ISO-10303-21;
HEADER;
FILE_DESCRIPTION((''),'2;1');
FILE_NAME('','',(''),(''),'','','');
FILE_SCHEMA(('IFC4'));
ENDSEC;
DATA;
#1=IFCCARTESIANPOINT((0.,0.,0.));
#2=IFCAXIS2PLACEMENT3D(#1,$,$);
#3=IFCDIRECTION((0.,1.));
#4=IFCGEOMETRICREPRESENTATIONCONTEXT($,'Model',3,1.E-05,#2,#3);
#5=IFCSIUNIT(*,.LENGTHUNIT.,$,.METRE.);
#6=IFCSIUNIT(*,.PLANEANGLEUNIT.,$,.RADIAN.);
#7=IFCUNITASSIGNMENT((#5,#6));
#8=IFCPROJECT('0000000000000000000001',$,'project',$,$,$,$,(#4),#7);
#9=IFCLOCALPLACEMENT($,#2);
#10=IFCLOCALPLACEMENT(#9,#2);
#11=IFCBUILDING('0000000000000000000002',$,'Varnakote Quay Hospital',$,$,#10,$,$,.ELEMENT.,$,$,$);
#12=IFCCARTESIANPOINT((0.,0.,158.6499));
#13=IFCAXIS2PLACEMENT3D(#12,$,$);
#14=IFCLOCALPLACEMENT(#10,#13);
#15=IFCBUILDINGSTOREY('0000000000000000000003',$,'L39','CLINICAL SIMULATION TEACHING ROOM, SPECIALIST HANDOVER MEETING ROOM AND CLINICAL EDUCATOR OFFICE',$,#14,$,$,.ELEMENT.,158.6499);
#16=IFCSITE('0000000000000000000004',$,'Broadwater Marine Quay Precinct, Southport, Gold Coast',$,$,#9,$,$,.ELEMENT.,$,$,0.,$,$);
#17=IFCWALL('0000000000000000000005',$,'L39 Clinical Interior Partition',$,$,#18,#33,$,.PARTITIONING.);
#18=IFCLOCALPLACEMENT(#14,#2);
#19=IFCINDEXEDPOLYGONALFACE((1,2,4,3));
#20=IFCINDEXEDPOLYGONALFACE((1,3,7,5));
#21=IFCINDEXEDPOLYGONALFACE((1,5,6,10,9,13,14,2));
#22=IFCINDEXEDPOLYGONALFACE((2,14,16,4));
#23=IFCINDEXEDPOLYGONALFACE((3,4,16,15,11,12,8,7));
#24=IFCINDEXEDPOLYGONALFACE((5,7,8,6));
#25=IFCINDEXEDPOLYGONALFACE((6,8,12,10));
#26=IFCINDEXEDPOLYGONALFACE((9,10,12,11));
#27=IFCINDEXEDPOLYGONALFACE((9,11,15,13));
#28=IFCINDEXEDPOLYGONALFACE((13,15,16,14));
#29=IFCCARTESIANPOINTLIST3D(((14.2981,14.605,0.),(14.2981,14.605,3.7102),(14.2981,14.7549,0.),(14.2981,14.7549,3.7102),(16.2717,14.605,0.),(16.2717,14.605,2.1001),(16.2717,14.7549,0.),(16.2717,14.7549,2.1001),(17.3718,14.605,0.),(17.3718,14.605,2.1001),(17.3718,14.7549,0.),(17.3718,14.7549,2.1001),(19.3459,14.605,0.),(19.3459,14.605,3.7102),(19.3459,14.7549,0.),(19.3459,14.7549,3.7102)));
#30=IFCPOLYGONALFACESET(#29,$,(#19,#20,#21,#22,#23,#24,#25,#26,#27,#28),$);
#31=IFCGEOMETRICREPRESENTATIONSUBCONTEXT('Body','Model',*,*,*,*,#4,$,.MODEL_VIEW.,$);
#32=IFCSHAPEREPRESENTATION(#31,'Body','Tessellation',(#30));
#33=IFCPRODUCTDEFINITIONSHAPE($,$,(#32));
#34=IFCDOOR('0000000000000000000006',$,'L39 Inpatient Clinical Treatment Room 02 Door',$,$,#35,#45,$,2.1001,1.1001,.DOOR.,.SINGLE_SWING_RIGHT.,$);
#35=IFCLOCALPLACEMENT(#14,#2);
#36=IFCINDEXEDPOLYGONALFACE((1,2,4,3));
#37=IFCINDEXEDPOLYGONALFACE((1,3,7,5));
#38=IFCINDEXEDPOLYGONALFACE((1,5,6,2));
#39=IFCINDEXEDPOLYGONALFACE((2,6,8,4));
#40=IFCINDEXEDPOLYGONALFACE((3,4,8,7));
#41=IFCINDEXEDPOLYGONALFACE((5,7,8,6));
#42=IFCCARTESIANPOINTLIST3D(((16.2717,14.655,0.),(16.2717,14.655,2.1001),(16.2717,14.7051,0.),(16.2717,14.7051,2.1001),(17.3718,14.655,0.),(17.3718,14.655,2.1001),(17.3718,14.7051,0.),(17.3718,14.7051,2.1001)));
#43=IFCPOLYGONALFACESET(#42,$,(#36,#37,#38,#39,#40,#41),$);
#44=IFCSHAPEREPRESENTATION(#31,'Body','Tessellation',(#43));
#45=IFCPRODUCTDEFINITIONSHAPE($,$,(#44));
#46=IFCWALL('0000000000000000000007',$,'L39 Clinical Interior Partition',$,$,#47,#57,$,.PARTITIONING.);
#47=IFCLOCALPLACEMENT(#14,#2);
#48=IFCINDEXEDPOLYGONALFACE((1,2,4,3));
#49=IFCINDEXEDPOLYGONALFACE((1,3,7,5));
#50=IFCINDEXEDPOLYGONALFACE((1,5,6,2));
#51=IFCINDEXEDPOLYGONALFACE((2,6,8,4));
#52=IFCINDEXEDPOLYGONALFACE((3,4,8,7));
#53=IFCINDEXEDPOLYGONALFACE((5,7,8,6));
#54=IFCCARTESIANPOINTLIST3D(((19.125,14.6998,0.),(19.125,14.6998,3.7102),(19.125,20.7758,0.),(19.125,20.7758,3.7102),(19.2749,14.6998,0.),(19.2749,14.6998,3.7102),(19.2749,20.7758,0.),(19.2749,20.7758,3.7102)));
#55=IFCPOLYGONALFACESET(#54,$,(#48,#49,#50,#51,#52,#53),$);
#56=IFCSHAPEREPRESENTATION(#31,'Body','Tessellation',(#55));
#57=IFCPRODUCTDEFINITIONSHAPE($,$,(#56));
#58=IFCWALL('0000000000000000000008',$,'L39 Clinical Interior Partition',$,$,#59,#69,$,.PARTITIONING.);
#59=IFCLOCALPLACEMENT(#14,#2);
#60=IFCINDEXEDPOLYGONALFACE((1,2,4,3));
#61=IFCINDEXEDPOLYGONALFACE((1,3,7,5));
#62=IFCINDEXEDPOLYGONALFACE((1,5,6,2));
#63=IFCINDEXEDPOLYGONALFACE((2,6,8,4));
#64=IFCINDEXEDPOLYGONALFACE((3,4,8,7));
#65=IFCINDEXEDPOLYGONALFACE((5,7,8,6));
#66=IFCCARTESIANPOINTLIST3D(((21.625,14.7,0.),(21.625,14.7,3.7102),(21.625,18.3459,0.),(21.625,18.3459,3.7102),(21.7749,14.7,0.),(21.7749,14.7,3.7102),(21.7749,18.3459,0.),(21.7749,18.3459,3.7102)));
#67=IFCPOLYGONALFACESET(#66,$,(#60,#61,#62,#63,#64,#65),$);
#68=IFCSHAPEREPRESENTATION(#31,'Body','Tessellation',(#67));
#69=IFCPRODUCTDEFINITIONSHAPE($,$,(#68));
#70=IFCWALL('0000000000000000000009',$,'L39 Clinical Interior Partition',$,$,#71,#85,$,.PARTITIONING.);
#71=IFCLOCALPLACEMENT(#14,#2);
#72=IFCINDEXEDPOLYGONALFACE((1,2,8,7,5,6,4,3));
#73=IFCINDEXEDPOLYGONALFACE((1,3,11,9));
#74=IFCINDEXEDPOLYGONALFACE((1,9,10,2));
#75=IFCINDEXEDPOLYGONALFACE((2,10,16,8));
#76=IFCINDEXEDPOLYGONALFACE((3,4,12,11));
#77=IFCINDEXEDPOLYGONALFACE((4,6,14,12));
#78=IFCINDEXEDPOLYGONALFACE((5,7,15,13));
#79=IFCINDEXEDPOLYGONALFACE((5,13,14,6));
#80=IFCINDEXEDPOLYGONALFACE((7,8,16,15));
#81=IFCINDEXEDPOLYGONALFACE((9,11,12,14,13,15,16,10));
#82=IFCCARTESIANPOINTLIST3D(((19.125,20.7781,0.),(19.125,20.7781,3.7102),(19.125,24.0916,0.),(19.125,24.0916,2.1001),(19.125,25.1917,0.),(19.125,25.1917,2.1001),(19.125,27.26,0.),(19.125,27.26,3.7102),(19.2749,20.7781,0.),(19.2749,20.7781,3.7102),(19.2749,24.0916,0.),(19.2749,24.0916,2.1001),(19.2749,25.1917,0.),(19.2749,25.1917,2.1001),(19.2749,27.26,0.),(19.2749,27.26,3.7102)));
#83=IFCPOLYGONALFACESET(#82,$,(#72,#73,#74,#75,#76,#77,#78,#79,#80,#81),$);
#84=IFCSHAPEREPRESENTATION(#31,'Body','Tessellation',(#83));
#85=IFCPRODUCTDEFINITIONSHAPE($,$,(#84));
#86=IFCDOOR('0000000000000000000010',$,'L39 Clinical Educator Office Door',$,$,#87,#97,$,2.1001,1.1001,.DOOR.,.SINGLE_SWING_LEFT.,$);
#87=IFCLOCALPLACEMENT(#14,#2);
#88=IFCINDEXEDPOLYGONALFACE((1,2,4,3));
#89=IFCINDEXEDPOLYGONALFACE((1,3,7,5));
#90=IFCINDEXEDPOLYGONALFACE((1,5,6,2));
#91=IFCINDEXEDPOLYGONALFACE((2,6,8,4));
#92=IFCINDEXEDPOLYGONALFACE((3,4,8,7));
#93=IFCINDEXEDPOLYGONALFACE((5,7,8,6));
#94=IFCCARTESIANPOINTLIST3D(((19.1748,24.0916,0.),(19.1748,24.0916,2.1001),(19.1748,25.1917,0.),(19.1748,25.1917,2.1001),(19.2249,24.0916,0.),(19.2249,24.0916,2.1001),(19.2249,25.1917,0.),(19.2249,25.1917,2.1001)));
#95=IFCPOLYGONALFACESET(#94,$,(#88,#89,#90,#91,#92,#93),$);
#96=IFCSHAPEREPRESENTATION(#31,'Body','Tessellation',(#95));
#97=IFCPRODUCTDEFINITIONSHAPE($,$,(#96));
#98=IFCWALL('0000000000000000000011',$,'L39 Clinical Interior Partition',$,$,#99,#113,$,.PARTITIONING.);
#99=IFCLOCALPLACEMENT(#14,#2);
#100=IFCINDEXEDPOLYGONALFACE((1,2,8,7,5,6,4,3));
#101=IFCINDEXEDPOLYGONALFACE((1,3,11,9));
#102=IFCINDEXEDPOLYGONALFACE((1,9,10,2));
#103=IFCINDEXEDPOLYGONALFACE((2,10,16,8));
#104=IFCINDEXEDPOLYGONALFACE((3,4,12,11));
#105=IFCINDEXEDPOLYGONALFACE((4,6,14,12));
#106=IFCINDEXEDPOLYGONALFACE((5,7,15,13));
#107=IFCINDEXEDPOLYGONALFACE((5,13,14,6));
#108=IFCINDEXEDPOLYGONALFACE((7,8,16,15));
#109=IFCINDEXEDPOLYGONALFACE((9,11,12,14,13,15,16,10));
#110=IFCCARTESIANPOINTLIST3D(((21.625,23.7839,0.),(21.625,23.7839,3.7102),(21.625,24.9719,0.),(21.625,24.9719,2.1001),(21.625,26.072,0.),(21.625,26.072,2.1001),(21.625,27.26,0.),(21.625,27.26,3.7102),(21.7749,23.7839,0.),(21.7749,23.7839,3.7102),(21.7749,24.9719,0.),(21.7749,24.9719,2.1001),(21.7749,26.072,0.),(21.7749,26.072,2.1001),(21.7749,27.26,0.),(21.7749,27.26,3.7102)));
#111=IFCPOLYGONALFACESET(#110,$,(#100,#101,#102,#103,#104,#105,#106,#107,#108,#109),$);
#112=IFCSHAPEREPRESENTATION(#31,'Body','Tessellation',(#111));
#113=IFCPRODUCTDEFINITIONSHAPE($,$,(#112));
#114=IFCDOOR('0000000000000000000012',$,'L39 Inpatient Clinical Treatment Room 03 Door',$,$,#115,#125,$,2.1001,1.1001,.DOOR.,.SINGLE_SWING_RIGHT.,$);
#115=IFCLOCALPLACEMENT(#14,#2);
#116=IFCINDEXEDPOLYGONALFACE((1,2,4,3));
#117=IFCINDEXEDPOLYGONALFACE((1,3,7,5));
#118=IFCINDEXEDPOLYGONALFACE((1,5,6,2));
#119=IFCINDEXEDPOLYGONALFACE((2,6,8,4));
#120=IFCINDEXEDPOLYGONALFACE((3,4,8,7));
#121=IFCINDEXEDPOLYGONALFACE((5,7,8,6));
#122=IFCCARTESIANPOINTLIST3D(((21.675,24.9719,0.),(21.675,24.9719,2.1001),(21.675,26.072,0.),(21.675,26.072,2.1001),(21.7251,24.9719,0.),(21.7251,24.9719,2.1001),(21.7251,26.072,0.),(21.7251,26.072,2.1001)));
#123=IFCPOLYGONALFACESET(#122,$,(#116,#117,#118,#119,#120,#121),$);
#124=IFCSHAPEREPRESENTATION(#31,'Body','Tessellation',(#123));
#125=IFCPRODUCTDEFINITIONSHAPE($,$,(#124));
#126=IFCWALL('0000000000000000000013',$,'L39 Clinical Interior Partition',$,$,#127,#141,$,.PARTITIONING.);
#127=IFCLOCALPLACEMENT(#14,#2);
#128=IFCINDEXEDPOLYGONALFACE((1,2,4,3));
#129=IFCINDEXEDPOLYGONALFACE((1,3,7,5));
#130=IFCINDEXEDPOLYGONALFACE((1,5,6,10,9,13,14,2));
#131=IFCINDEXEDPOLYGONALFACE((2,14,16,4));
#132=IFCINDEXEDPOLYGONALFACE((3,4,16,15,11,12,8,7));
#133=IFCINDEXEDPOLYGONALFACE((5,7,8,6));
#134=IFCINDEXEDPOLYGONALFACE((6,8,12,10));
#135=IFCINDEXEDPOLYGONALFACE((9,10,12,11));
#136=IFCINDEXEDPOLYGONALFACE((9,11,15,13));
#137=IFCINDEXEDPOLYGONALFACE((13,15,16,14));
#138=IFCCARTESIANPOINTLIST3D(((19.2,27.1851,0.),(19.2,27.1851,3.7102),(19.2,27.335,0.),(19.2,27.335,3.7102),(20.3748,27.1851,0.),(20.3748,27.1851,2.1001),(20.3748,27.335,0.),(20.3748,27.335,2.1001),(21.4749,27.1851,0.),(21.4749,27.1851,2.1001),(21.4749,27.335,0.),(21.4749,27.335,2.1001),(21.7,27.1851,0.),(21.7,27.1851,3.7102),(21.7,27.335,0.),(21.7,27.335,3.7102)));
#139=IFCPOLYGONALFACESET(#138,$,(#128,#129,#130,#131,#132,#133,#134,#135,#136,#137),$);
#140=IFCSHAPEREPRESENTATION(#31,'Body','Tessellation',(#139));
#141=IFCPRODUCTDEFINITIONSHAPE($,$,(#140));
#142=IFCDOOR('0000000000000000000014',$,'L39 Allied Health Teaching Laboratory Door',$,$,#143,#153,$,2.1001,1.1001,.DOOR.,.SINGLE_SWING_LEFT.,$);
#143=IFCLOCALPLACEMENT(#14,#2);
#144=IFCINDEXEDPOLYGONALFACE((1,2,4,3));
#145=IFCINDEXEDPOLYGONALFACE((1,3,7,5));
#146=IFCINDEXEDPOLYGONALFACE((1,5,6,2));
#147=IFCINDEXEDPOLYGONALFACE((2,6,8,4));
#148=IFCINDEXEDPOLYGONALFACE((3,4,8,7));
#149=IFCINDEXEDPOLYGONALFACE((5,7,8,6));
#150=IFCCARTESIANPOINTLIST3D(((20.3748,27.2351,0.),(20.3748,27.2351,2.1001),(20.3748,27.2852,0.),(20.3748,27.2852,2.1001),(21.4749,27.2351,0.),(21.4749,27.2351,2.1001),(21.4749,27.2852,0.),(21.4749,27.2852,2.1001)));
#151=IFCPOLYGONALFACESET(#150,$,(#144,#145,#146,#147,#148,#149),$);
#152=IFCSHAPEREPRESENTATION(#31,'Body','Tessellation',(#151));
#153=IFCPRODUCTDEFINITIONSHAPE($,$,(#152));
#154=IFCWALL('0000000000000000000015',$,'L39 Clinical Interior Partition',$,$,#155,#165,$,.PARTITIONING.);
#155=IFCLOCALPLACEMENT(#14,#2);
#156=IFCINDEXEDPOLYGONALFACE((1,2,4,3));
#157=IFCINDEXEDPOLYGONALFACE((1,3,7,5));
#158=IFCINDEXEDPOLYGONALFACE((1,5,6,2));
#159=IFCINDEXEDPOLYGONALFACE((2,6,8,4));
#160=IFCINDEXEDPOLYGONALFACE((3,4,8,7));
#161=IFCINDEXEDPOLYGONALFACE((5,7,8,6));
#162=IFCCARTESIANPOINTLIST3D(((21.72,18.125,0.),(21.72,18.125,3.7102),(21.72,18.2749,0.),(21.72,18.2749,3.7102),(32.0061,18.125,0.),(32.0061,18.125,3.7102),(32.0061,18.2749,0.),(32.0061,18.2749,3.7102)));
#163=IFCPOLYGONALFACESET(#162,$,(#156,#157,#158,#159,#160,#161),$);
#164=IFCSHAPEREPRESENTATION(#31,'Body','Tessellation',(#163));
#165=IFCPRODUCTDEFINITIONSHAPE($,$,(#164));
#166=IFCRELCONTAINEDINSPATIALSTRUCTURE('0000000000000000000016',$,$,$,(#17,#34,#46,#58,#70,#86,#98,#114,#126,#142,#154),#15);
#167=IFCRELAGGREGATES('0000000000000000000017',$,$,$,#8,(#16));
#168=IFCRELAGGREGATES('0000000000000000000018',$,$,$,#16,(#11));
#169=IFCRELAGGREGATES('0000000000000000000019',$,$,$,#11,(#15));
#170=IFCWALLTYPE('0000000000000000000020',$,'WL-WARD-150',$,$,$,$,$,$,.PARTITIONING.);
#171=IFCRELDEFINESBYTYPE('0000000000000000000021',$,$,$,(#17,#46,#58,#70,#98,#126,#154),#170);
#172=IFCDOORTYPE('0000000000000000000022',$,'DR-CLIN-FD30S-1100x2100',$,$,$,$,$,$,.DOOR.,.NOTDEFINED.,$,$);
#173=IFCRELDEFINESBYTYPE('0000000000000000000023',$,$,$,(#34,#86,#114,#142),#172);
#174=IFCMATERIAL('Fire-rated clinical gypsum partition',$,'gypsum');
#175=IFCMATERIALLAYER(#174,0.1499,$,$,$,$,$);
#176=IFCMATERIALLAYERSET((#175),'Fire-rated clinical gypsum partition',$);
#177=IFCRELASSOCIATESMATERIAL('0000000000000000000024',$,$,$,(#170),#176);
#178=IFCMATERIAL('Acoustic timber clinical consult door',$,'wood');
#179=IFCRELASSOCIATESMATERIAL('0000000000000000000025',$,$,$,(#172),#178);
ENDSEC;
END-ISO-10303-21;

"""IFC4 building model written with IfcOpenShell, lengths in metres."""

from ifc_helpers import new_model, si_unit, direction, frame, frame_2d, origin, place, context, subcontext, project, spatial, rectangle, extrude, material, layer, layer_set, type_object, element, fill, save


model = new_model("IFC4")

# Units and contexts
model_context = context("Model", 3, precision=1e-05, world=origin(), true_north=direction((0.0, 1.0)))
body_context = subcontext(model_context, "Body", "Model", "MODEL_VIEW")
ifc_project = project(units=[si_unit("LENGTHUNIT", "METRE"), si_unit("PLANEANGLEUNIT", "RADIAN")], contexts=[model_context])

# Site, building, storey
site_placement = place(None, origin())
site = spatial("IfcSite", under=ifc_project, at=site_placement, Name="Broadwater Marine Quay Precinct, Southport, Gold Coast", CompositionType="ELEMENT", RefElevation=0.0)
building_placement = place(site_placement, origin())
building = spatial("IfcBuilding", under=site, at=building_placement, Name="Varnakote Quay Hospital", CompositionType="ELEMENT")
storey_placement = place(building_placement, frame((0.0, 0.0, 158.6499)))
storey = spatial("IfcBuildingStorey", under=building, at=storey_placement, Name="L39", Description="CLINICAL SIMULATION TEACHING ROOM, SPECIALIST HANDOVER MEETING ROOM AND CLINICAL EDUCATOR OFFICE", CompositionType="ELEMENT", Elevation=158.6499)

# Wall, opening, door
ifc_material_1 = material(Name="Fire-rated clinical gypsum partition", Category="gypsum")
ifc_layer_1 = layer(ifc_material_1, 0.1499)
ifc_layer_set_1 = layer_set([ifc_layer_1], Name="Fire-rated clinical gypsum partition")
wall_type_1 = type_object("IfcWallType", Name="WL-WARD-150", PredefinedType="PARTITIONING", material=ifc_layer_set_1)
wall_1_placement = place(storey_placement, frame((19.3459, 14.6799, 0.0), z_axis=(0.0, 0.0, 1.0), x_axis=(-1.0, 0.0, 0.0)))
wall_1 = element("IfcWall", 1, at=wall_1_placement, inside=storey, type_object=wall_type_1, Name="L39 Clinical Interior Partition", PredefinedType="PARTITIONING", context=body_context, shape_type="SweptSolid", body=[
    extrude(rectangle(XDim=5.0479, YDim=0.1499, at=frame_2d((2.5239, 0.0))), origin(), (0.0, 0.0, 1.0), 3.7102),
])
opening_1_placement = place(wall_1_placement, frame((1.9741, 0.0, 0.0)))
opening_1 = element("IfcOpeningElement", 2, at=opening_1_placement, cuts=wall_1, PredefinedType="OPENING", context=body_context, shape_type="SweptSolid", body=[
    extrude(rectangle(XDim=1.1001, YDim=2.1001, at=frame_2d((0.55, 1.05))), frame((0.0, 0.085, 0.0), z_axis=(0.0, -1.0, 0.0), x_axis=(1.0, 0.0, 0.0)), (0.0, 0.0, 1.0), 0.1699),
])
ifc_material_2 = material(Name="Acoustic timber clinical consult door", Category="wood")
door_type_1 = type_object("IfcDoorType", Name="DR-CLIN-FD30S-1100x2100", OperationType="NOTDEFINED", PredefinedType="DOOR", material=ifc_material_2)
door_1_placement = place(opening_1_placement, origin())
door_1 = element("IfcDoor", 3, at=door_1_placement, inside=storey, type_object=door_type_1, Name="L39 Inpatient Clinical Treatment Room 02 Door", OperationType="SINGLE_SWING_RIGHT", OverallHeight=2.1001, OverallWidth=1.1001, PredefinedType="DOOR", context=body_context, shape_type="SweptSolid", body=[
    extrude(rectangle(XDim=1.1001, YDim=2.1001, at=frame_2d((0.55, 1.05))), frame((0.0, 0.0249, 0.0), z_axis=(0.0, -1.0, 0.0), x_axis=(1.0, 0.0, 0.0)), (0.0, 0.0, 1.0), 0.05),
])
fill(opening_1, door_1)

# Walls
wall_2_placement = place(storey_placement, frame((19.2, 20.7759, 0.0), z_axis=(0.0, 0.0, 1.0), x_axis=(0.0, -1.0, 0.0)))
element("IfcWall", 4, at=wall_2_placement, inside=storey, type_object=wall_type_1, Name="L39 Clinical Interior Partition", PredefinedType="PARTITIONING", context=body_context, shape_type="SweptSolid", body=[
    extrude(rectangle(XDim=6.0759, YDim=0.1499, at=frame_2d((3.0381, 0.0))), origin(), (0.0, 0.0, 1.0), 3.7102),
])
wall_3_placement = place(storey_placement, frame((21.7, 14.7, 0.0), z_axis=(0.0, 0.0, 1.0), x_axis=(0.0, 1.0, 0.0)))
element("IfcWall", 5, at=wall_3_placement, inside=storey, type_object=wall_type_1, Name="L39 Clinical Interior Partition", PredefinedType="PARTITIONING", context=body_context, shape_type="SweptSolid", body=[
    extrude(rectangle(XDim=3.646, YDim=0.1499, at=frame_2d((1.823, 0.0))), origin(), (0.0, 0.0, 1.0), 3.7102),
])

# Walls, openings, doors
wall_4_placement = place(storey_placement, frame((19.2, 27.26, 0.0), z_axis=(0.0, 0.0, 1.0), x_axis=(0.0, -1.0, 0.0)))
wall_4 = element("IfcWall", 6, at=wall_4_placement, inside=storey, type_object=wall_type_1, Name="L39 Clinical Interior Partition", PredefinedType="PARTITIONING", context=body_context, shape_type="SweptSolid", body=[
    extrude(rectangle(XDim=6.4819, YDim=0.1499, at=frame_2d((3.241, 0.0))), origin(), (0.0, 0.0, 1.0), 3.7102),
])
opening_2_placement = place(wall_4_placement, frame((2.0684, 0.0, 0.0)))
opening_2 = element("IfcOpeningElement", 7, at=opening_2_placement, cuts=wall_4, PredefinedType="OPENING", context=body_context, shape_type="SweptSolid", body=[
    extrude(rectangle(XDim=1.1001, YDim=2.1001, at=frame_2d((0.55, 1.05))), frame((0.0, 0.085, 0.0), z_axis=(0.0, -1.0, 0.0), x_axis=(1.0, 0.0, 0.0)), (0.0, 0.0, 1.0), 0.1699),
])
door_2_placement = place(opening_2_placement, origin())
door_2 = element("IfcDoor", 8, at=door_2_placement, inside=storey, type_object=door_type_1, Name="L39 Clinical Educator Office Door", OperationType="SINGLE_SWING_LEFT", OverallHeight=2.1001, OverallWidth=1.1001, PredefinedType="DOOR", context=body_context, shape_type="SweptSolid", body=[
    extrude(rectangle(XDim=1.1001, YDim=2.1001, at=frame_2d((0.55, 1.05))), frame((0.0, 0.0249, 0.0), z_axis=(0.0, -1.0, 0.0), x_axis=(1.0, 0.0, 0.0)), (0.0, 0.0, 1.0), 0.05),
])
fill(opening_2, door_2)
wall_5_placement = place(storey_placement, frame((21.7, 23.7839, 0.0), z_axis=(0.0, 0.0, 1.0), x_axis=(0.0, 1.0, 0.0)))
wall_5 = element("IfcWall", 9, at=wall_5_placement, inside=storey, type_object=wall_type_1, Name="L39 Clinical Interior Partition", PredefinedType="PARTITIONING", context=body_context, shape_type="SweptSolid", body=[
    extrude(rectangle(XDim=3.4761, YDim=0.1499, at=frame_2d((1.738, 0.0))), origin(), (0.0, 0.0, 1.0), 3.7102),
])
opening_3_placement = place(wall_5_placement, frame((1.188, 0.0, 0.0)))
opening_3 = element("IfcOpeningElement", 10, at=opening_3_placement, cuts=wall_5, PredefinedType="OPENING", context=body_context, shape_type="SweptSolid", body=[
    extrude(rectangle(XDim=1.1001, YDim=2.1001, at=frame_2d((0.55, 1.05))), frame((0.0, 0.085, 0.0), z_axis=(0.0, -1.0, 0.0), x_axis=(1.0, 0.0, 0.0)), (0.0, 0.0, 1.0), 0.1699),
])
door_3_placement = place(opening_3_placement, origin())
door_3 = element("IfcDoor", 11, at=door_3_placement, inside=storey, type_object=door_type_1, Name="L39 Inpatient Clinical Treatment Room 03 Door", OperationType="SINGLE_SWING_RIGHT", OverallHeight=2.1001, OverallWidth=1.1001, PredefinedType="DOOR", context=body_context, shape_type="SweptSolid", body=[
    extrude(rectangle(XDim=1.1001, YDim=2.1001, at=frame_2d((0.55, 1.05))), frame((0.0, 0.0249, 0.0), z_axis=(0.0, -1.0, 0.0), x_axis=(1.0, 0.0, 0.0)), (0.0, 0.0, 1.0), 0.05),
])
fill(opening_3, door_3)
wall_6_placement = place(storey_placement, frame((21.7, 27.26, 0.0), z_axis=(0.0, 0.0, 1.0), x_axis=(-1.0, 0.0, 0.0)))
wall_6 = element("IfcWall", 12, at=wall_6_placement, inside=storey, type_object=wall_type_1, Name="L39 Clinical Interior Partition", PredefinedType="PARTITIONING", context=body_context, shape_type="SweptSolid", body=[
    extrude(rectangle(XDim=2.5, YDim=0.1499, at=frame_2d((1.25, 0.0))), origin(), (0.0, 0.0, 1.0), 3.7102),
])
opening_4_placement = place(wall_6_placement, frame((0.2251, 0.0, 0.0)))
opening_4 = element("IfcOpeningElement", 13, at=opening_4_placement, cuts=wall_6, PredefinedType="OPENING", context=body_context, shape_type="SweptSolid", body=[
    extrude(rectangle(XDim=1.1001, YDim=2.1001, at=frame_2d((0.55, 1.05))), frame((0.0, 0.085, 0.0), z_axis=(0.0, -1.0, 0.0), x_axis=(1.0, 0.0, 0.0)), (0.0, 0.0, 1.0), 0.1699),
])
door_4_placement = place(opening_4_placement, origin())
door_4 = element("IfcDoor", 14, at=door_4_placement, inside=storey, type_object=door_type_1, Name="L39 Allied Health Teaching Laboratory Door", OperationType="SINGLE_SWING_LEFT", OverallHeight=2.1001, OverallWidth=1.1001, PredefinedType="DOOR", context=body_context, shape_type="SweptSolid", body=[
    extrude(rectangle(XDim=1.1001, YDim=2.1001, at=frame_2d((0.55, 1.05))), frame((0.0, 0.0249, 0.0), z_axis=(0.0, -1.0, 0.0), x_axis=(1.0, 0.0, 0.0)), (0.0, 0.0, 1.0), 0.05),
])
fill(opening_4, door_4)

# Wall
wall_7_placement = place(storey_placement, frame((21.72, 18.2, 0.0), z_axis=(0.0, 0.0, 1.0), x_axis=(1.0, 0.0, 0.0)))
element("IfcWall", 15, at=wall_7_placement, inside=storey, type_object=wall_type_1, Name="L39 Clinical Interior Partition", PredefinedType="PARTITIONING", context=body_context, shape_type="SweptSolid", body=[
    extrude(rectangle(XDim=10.2861, YDim=0.1499, at=frame_2d((5.1431, 0.0))), origin(), (0.0, 0.0, 1.0), 3.7102),
])

save(model, "model.ifc")
